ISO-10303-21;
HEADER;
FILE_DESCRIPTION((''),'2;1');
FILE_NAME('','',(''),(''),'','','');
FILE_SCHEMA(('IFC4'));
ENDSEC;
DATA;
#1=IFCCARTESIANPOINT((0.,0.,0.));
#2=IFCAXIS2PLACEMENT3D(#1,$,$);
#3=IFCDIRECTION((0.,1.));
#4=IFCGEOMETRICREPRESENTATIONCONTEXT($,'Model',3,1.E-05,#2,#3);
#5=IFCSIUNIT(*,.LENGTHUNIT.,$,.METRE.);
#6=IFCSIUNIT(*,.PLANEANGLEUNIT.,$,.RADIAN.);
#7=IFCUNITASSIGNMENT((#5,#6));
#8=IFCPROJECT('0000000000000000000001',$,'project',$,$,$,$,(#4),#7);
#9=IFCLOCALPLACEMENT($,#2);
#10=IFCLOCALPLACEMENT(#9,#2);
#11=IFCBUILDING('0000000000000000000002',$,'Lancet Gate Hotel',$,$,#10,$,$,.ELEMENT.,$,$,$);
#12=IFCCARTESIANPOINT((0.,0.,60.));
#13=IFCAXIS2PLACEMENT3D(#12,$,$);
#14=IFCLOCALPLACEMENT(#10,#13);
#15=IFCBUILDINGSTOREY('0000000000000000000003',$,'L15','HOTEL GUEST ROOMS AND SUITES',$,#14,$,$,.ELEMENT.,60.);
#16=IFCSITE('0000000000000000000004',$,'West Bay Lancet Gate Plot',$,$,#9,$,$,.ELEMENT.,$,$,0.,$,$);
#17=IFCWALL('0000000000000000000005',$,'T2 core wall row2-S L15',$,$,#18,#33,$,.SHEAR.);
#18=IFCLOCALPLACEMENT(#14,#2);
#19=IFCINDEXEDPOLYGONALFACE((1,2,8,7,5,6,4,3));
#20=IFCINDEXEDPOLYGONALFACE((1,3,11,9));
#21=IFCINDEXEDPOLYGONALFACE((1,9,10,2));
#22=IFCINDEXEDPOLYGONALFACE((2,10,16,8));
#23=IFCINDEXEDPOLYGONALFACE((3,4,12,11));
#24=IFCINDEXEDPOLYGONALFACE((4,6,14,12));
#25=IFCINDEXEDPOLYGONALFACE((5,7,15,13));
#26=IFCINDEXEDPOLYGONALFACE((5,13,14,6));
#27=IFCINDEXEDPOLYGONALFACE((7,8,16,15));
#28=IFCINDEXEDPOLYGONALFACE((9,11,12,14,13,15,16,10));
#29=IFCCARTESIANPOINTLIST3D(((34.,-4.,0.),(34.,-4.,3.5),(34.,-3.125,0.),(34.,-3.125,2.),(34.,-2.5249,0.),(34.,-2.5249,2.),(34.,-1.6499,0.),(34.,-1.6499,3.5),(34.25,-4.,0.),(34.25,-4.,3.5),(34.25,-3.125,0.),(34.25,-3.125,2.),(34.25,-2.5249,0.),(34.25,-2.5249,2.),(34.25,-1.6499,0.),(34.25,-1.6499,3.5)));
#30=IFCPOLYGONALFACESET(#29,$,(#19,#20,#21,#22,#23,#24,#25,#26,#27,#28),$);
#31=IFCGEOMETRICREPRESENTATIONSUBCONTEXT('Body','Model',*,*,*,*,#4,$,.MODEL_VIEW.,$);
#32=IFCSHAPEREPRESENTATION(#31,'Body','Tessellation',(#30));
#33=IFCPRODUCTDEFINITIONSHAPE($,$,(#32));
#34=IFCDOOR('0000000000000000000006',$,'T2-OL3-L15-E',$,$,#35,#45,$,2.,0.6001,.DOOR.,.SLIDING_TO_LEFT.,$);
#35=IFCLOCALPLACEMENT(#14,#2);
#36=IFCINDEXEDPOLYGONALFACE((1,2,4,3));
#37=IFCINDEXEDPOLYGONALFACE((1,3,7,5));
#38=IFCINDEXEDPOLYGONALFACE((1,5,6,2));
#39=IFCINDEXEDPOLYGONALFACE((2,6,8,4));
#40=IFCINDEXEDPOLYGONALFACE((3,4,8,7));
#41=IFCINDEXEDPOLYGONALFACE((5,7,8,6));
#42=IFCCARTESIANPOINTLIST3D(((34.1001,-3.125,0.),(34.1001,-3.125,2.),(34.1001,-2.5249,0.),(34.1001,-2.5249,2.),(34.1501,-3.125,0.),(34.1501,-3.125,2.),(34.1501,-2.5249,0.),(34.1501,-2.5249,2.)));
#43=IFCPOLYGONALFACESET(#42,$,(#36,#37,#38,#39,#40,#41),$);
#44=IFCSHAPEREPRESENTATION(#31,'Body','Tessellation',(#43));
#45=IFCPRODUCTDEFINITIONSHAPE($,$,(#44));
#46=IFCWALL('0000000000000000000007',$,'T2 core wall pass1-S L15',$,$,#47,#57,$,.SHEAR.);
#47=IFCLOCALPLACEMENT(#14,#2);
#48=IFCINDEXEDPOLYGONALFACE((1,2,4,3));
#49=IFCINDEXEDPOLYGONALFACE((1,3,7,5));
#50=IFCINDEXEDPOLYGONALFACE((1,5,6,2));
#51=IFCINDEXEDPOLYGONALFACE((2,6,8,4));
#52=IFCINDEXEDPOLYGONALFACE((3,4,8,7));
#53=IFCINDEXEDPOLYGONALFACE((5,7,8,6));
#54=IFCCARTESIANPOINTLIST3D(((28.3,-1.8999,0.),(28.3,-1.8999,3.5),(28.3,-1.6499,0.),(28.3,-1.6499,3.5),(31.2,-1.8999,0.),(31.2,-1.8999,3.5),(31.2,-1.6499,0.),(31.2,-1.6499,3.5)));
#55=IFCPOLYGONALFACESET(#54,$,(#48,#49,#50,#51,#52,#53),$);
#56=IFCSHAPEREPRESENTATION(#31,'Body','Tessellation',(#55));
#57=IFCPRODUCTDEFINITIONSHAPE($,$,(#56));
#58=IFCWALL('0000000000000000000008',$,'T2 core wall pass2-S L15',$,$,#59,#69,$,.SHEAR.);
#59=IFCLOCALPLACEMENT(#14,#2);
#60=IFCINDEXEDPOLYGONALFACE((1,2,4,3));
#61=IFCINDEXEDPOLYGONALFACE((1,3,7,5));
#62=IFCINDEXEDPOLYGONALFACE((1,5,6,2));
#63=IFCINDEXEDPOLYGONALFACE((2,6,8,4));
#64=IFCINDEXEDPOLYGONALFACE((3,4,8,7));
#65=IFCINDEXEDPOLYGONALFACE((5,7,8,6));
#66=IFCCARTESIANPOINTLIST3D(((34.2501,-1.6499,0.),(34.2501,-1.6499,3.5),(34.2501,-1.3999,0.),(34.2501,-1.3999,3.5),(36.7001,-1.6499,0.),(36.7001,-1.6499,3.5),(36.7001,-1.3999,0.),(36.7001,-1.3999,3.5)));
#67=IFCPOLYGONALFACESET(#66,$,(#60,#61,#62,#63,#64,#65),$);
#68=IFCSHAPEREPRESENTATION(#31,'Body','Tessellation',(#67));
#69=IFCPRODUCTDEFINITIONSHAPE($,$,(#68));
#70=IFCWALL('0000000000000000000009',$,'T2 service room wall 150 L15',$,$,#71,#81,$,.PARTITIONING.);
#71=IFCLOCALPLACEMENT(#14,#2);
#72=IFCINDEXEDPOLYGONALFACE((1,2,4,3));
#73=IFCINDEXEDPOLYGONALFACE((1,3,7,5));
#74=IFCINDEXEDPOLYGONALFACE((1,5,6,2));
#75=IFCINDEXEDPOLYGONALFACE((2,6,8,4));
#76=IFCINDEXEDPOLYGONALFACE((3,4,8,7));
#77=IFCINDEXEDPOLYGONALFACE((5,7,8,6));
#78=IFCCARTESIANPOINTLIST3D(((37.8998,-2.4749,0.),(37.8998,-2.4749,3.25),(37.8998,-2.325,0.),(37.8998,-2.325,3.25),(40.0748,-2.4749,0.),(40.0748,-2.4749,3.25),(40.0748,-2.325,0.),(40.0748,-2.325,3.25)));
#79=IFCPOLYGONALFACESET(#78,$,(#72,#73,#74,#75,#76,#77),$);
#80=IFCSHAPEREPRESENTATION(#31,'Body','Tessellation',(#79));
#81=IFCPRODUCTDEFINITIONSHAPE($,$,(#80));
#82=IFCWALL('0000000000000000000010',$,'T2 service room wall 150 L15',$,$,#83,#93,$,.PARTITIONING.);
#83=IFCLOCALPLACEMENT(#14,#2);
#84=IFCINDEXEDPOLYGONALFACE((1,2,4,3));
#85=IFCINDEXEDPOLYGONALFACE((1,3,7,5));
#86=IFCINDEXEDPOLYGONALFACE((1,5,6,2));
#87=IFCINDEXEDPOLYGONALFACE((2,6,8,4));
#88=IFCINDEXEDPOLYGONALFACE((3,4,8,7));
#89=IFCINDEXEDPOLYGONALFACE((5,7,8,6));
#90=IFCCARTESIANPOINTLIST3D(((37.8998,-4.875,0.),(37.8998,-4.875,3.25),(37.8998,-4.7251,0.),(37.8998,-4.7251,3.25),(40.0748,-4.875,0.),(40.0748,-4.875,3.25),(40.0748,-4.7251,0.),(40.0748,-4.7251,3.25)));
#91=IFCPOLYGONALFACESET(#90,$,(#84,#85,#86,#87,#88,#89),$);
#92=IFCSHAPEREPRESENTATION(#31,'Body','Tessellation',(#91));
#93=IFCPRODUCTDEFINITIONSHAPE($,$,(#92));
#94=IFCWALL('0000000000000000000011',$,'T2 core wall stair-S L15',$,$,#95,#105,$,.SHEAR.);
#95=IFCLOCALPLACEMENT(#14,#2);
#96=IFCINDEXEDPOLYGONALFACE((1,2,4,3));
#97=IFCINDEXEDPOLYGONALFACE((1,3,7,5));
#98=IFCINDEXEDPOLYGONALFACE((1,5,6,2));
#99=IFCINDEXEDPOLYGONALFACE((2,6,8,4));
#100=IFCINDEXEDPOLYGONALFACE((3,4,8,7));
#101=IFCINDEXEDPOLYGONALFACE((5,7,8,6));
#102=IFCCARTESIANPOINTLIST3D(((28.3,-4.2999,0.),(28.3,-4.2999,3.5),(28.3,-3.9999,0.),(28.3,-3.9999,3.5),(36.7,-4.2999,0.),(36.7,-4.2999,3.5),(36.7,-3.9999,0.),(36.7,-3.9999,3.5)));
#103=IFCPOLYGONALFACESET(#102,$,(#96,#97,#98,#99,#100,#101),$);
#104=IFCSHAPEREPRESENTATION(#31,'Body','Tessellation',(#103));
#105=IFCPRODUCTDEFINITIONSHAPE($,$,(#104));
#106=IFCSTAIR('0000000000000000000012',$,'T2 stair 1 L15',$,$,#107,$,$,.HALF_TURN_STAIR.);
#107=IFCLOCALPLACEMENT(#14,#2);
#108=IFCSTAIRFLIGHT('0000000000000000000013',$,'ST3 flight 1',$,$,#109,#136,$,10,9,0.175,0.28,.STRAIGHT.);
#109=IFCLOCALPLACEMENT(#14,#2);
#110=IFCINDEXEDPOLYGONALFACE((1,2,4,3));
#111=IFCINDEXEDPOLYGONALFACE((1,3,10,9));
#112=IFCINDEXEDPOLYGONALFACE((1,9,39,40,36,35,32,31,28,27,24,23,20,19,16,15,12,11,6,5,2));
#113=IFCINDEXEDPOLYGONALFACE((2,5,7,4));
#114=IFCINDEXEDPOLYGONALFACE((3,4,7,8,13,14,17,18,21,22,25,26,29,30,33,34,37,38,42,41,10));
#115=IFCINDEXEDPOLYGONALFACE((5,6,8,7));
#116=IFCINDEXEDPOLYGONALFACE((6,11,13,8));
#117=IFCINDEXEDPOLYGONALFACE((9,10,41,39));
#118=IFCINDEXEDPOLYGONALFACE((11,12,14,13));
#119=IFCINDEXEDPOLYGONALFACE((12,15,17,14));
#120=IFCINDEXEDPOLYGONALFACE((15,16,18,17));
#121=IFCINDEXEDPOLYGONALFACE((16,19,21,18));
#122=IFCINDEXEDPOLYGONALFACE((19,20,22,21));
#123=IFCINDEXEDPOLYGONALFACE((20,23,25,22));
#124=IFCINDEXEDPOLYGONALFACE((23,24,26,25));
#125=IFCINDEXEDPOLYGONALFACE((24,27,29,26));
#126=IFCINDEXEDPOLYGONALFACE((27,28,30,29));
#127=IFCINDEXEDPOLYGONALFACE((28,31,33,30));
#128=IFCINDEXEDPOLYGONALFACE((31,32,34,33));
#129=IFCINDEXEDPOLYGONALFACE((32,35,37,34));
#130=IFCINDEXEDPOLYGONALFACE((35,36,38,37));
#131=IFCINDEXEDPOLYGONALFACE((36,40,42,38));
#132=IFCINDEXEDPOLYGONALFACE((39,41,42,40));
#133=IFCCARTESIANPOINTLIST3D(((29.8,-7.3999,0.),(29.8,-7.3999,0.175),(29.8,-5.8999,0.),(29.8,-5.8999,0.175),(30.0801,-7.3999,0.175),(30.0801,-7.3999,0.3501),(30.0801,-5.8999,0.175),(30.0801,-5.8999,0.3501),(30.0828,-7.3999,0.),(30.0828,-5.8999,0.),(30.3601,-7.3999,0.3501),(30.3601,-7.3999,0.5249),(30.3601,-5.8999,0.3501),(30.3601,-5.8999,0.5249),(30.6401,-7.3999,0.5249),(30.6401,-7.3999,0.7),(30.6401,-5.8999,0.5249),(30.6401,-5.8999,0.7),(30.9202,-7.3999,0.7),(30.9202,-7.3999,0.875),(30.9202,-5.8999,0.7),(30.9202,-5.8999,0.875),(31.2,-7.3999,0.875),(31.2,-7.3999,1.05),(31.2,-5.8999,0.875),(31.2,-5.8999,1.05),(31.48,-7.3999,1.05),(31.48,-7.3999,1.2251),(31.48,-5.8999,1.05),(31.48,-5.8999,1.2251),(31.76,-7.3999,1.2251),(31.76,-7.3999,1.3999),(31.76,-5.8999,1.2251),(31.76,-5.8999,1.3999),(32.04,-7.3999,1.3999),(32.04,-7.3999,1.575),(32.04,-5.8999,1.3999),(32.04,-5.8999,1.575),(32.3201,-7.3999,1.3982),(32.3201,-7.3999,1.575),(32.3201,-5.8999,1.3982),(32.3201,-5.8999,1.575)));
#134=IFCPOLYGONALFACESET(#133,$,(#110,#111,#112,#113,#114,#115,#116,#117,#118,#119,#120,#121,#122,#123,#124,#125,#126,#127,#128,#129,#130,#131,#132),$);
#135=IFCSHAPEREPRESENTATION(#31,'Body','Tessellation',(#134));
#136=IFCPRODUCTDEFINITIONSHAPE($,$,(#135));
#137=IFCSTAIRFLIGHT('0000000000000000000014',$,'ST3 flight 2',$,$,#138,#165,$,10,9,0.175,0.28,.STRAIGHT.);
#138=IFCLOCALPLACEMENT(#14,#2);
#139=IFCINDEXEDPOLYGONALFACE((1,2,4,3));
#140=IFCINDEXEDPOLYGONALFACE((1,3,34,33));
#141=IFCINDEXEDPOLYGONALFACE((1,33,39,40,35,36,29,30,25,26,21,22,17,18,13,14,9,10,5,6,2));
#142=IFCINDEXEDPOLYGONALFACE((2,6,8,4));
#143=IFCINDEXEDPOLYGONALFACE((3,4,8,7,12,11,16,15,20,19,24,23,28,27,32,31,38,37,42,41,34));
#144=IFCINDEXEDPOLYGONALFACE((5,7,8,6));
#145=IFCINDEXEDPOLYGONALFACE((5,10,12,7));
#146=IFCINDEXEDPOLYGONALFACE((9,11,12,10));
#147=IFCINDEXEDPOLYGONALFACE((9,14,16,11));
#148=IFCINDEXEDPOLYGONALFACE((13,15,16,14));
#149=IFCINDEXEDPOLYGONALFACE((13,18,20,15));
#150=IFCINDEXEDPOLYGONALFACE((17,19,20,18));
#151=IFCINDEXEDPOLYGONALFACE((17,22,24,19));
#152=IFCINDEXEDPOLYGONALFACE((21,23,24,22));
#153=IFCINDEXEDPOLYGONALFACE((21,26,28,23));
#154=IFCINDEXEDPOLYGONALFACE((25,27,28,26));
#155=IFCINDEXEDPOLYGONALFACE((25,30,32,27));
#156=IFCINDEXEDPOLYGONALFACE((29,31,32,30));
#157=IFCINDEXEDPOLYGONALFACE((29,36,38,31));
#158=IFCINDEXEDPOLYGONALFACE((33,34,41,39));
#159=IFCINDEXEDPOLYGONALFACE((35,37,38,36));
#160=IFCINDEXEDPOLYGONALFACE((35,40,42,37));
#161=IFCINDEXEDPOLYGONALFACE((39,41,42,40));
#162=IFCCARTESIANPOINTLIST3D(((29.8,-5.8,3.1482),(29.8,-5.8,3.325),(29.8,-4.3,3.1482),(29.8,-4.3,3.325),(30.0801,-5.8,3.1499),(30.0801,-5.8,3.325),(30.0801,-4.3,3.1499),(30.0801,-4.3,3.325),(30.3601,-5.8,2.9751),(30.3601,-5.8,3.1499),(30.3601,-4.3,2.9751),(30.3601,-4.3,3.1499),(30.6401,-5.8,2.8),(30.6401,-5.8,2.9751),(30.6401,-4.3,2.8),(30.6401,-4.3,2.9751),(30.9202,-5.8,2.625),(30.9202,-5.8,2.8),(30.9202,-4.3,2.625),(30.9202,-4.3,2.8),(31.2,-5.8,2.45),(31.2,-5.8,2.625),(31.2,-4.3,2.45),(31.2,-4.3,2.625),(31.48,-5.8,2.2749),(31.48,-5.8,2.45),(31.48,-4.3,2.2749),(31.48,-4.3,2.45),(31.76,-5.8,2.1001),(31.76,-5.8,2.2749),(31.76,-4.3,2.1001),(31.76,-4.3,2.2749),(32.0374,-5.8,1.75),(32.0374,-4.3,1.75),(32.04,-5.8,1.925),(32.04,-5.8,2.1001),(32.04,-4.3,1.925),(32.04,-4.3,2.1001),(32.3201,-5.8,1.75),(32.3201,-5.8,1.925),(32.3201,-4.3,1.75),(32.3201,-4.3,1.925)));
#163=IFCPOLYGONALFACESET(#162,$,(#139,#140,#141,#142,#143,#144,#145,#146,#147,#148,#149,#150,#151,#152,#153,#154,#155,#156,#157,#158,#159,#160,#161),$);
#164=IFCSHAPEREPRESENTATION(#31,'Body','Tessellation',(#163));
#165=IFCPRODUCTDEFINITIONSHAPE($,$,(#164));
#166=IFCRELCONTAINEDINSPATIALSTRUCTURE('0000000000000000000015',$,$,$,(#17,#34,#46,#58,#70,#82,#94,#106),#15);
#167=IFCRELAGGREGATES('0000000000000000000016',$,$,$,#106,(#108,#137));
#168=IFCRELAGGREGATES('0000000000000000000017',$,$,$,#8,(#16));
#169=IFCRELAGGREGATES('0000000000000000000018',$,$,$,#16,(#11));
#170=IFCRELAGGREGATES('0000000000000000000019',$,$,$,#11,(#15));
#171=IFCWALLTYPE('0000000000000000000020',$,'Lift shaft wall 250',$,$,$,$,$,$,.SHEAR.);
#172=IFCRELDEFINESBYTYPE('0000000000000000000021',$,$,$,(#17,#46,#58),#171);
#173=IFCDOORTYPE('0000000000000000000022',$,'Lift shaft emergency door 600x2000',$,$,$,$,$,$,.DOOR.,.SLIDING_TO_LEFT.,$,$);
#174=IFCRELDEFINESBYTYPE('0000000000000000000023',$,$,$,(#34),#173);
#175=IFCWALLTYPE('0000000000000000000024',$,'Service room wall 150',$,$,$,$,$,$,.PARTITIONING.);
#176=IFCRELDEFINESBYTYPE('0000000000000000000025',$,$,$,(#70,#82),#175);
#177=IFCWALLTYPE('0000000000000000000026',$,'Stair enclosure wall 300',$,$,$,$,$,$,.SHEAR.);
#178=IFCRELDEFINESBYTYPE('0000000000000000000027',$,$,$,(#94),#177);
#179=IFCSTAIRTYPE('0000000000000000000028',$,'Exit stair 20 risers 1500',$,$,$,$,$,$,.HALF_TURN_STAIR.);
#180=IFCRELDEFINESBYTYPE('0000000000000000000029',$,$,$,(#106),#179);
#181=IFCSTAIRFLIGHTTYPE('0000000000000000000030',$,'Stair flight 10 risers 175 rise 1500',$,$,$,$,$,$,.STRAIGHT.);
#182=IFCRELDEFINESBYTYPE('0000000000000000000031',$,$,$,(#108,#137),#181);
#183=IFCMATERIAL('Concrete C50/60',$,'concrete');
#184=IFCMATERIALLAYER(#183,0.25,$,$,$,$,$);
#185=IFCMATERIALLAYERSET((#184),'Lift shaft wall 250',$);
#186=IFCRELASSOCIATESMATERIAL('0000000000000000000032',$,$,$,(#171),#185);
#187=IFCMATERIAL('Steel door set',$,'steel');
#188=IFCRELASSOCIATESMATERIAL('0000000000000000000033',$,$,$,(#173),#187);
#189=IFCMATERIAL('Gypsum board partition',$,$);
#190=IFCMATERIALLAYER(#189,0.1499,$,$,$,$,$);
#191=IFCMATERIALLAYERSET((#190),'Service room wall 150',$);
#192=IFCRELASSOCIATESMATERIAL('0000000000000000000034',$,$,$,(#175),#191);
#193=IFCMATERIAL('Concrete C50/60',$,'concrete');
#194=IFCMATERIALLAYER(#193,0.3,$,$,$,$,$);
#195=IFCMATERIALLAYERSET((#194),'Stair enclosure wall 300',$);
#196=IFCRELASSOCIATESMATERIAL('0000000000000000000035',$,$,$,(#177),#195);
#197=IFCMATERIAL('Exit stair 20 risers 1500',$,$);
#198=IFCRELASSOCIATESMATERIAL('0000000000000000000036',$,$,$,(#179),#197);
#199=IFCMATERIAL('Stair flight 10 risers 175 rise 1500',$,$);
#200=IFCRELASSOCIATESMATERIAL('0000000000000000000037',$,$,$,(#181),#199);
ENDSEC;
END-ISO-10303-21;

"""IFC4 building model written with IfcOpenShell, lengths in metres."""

from ifc_helpers import new_model, si_unit, direction, frame, frame_2d, origin, place, context, subcontext, project, spatial, polyline, rectangle, outline, extrude, material, layer, layer_set, type_object, element, fill, aggregate, save


model = new_model("IFC4")

# Units and contexts
model_context = context("Model", 3, precision=1e-05, world=origin(), true_north=direction((0.0, 1.0)))
body_context = subcontext(model_context, "Body", "Model", "MODEL_VIEW")
ifc_project = project(units=[si_unit("LENGTHUNIT", "METRE"), si_unit("PLANEANGLEUNIT", "RADIAN")], contexts=[model_context])

# Site, building, storey
site_placement = place(None, origin())
site = spatial("IfcSite", under=ifc_project, at=site_placement, Name="West Bay Lancet Gate Plot", CompositionType="ELEMENT", RefElevation=0.0)
building_placement = place(site_placement, origin())
building = spatial("IfcBuilding", under=site, at=building_placement, Name="Lancet Gate Hotel", CompositionType="ELEMENT")
storey_placement = place(building_placement, frame((0.0, 0.0, 60.0)))
storey = spatial("IfcBuildingStorey", under=building, at=storey_placement, Name="L15", Description="HOTEL GUEST ROOMS AND SUITES", CompositionType="ELEMENT", Elevation=60.0)

# Wall, opening, door
ifc_material_1 = material(Name="Concrete C50/60", Category="concrete")
ifc_layer_1 = layer(ifc_material_1, 0.25)
ifc_layer_set_1 = layer_set([ifc_layer_1], Name="Lift shaft wall 250")
wall_type_1 = type_object("IfcWallType", Name="Lift shaft wall 250", PredefinedType="SHEAR", material=ifc_layer_set_1)
wall_1_placement = place(storey_placement, frame((34.125, -4.0, 0.0), z_axis=(0.0, 0.0, 1.0), x_axis=(0.0, 1.0, 0.0)))
wall_1 = element("IfcWall", 1, at=wall_1_placement, inside=storey, type_object=wall_type_1, Name="T2 core wall row2-S L15", PredefinedType="SHEAR", context=body_context, shape_type="SweptSolid", body=[
    extrude(rectangle(XDim=2.3501, YDim=0.25, at=frame_2d((1.175, 0.0))), origin(), (0.0, 0.0, 1.0), 3.5),
])
opening_1_placement = place(wall_1_placement, frame((0.875, 0.0, 0.0)))
opening_1 = element("IfcOpeningElement", 2, at=opening_1_placement, cuts=wall_1, PredefinedType="OPENING", context=body_context, shape_type="SweptSolid", body=[
    extrude(rectangle(XDim=0.6001, YDim=2.0, at=frame_2d((0.3, 1.0))), frame((0.0, 0.135, 0.0), z_axis=(0.0, -1.0, 0.0), x_axis=(1.0, 0.0, 0.0)), (0.0, 0.0, 1.0), 0.27),
])
ifc_material_2 = material(Name="Steel door set", Category="steel")
door_type_1 = type_object("IfcDoorType", Name="Lift shaft emergency door 600x2000", OperationType="SLIDING_TO_LEFT", PredefinedType="DOOR", material=ifc_material_2)
door_1_placement = place(opening_1_placement, origin())
door_1 = element("IfcDoor", 3, at=door_1_placement, inside=storey, type_object=door_type_1, Name="T2-OL3-L15-E", OperationType="SLIDING_TO_LEFT", OverallHeight=2.0, OverallWidth=0.6001, PredefinedType="DOOR", context=body_context, shape_type="SweptSolid", body=[
    extrude(rectangle(XDim=0.6001, YDim=2.0, at=frame_2d((0.3, 1.0))), frame((0.0, 0.0249, 0.0), z_axis=(0.0, -1.0, 0.0), x_axis=(1.0, 0.0, 0.0)), (0.0, 0.0, 1.0), 0.05),
])
fill(opening_1, door_1)

# Walls
wall_2_placement = place(storey_placement, frame((28.3, -1.7749, 0.0), z_axis=(0.0, 0.0, 1.0), x_axis=(1.0, 0.0, 0.0)))
element("IfcWall", 4, at=wall_2_placement, inside=storey, type_object=wall_type_1, Name="T2 core wall pass1-S L15", PredefinedType="SHEAR", context=body_context, shape_type="SweptSolid", body=[
    extrude(rectangle(XDim=2.8999, YDim=0.25, at=frame_2d((1.45, 0.0))), origin(), (0.0, 0.0, 1.0), 3.5),
])
wall_3_placement = place(storey_placement, frame((34.25, -1.5249, 0.0), z_axis=(0.0, 0.0, 1.0), x_axis=(1.0, 0.0, 0.0)))
element("IfcWall", 5, at=wall_3_placement, inside=storey, type_object=wall_type_1, Name="T2 core wall pass2-S L15", PredefinedType="SHEAR", context=body_context, shape_type="SweptSolid", body=[
    extrude(rectangle(XDim=2.45, YDim=0.25, at=frame_2d((1.2251, 0.0))), origin(), (0.0, 0.0, 1.0), 3.5),
])
ifc_material_3 = material(Name="Gypsum board partition")
ifc_layer_2 = layer(ifc_material_3, 0.1499)
ifc_layer_set_2 = layer_set([ifc_layer_2], Name="Service room wall 150")
wall_type_2 = type_object("IfcWallType", Name="Service room wall 150", PredefinedType="PARTITIONING", material=ifc_layer_set_2)
for number, where, z_axis, x_axis, name in (
    (6, (37.8999, -2.3999, 0.0), (0.0, 0.0, 1.0), (1.0, 0.0, 0.0), "T2 service room wall 150 L15"),
    (7, (37.8999, -4.8, 0.0), (0.0, 0.0, 1.0), (1.0, 0.0, 0.0), "T2 service room wall 150 L15"),
):
    element("IfcWall", number, at=place(storey_placement, frame(where, z_axis=z_axis, x_axis=x_axis)), inside=storey, type_object=wall_type_2, Name=name, PredefinedType="PARTITIONING", context=body_context, shape_type="SweptSolid", body=[
        extrude(rectangle(XDim=2.175, YDim=0.1499, at=frame_2d((1.0874, 0.0))), origin(), (0.0, 0.0, 1.0), 3.25),
    ])
ifc_material_4 = material(Name="Concrete C50/60", Category="concrete")
ifc_layer_3 = layer(ifc_material_4, 0.3)
ifc_layer_set_3 = layer_set([ifc_layer_3], Name="Stair enclosure wall 300")
wall_type_3 = type_object("IfcWallType", Name="Stair enclosure wall 300", PredefinedType="SHEAR", material=ifc_layer_set_3)
wall_4_placement = place(storey_placement, frame((28.3, -4.1499, 0.0), z_axis=(0.0, 0.0, 1.0), x_axis=(1.0, 0.0, 0.0)))
element("IfcWall", 8, at=wall_4_placement, inside=storey, type_object=wall_type_3, Name="T2 core wall stair-S L15", PredefinedType="SHEAR", context=body_context, shape_type="SweptSolid", body=[
    extrude(rectangle(XDim=8.3999, YDim=0.3, at=frame_2d((4.2, 0.0))), origin(), (0.0, 0.0, 1.0), 3.5),
])

# Stair, stair flights
ifc_material_5 = material(Name="Exit stair 20 risers 1500")
stair_type = type_object("IfcStairType", Name="Exit stair 20 risers 1500", PredefinedType="HALF_TURN_STAIR", material=ifc_material_5)
stair_placement = place(storey_placement, origin())
stair = element("IfcStair", 9, at=stair_placement, inside=storey, type_object=stair_type, Name="T2 stair 1 L15", PredefinedType="HALF_TURN_STAIR")
ifc_material_6 = material(Name="Stair flight 10 risers 175 rise 1500")
stair_flight_type = type_object("IfcStairFlightType", Name="Stair flight 10 risers 175 rise 1500", PredefinedType="STRAIGHT", material=ifc_material_6)
stair_flight_1_placement = place(storey_placement, frame((29.8, -6.6499, 0.0), z_axis=(0.0, 0.0, 1.0), x_axis=(1.0, 0.0, 0.0)))
stair_flight_1 = element("IfcStairFlight", 10, at=stair_flight_1_placement, type_object=stair_flight_type, Name="ST3 flight 1", NumberOfRisers=10, NumberOfTreads=9, PredefinedType="STRAIGHT", RiserHeight=0.175, TreadLength=0.28, context=body_context, shape_type="SweptSolid", body=[
    extrude(outline(polyline([(0.0, 0.0), (0.0, 0.175), (0.28, 0.175), (0.28, 0.3501), (0.5601, 0.3501), (0.5601, 0.5249), (0.8401, 0.5249), (0.8401, 0.7), (1.1201, 0.7), (1.1201, 0.875), (1.3999, 0.875), (1.3999, 1.05), (1.6799, 1.05), (1.6799, 1.2251), (1.96, 1.2251), (1.96, 1.3999), (2.24, 1.3999), (2.24, 1.575), (2.52, 1.575), (2.52, 1.75), (2.52, 1.3982), (0.2827, 0.0), (0.0, 0.0)])), frame((0.0, 0.75, 0.0), z_axis=(0.0, -1.0, 0.0), x_axis=(1.0, 0.0, 0.0)), (0.0, 0.0, 1.0), 1.5),
])
stair_flight_2_placement = place(storey_placement, frame((32.3201, -5.05, 1.75), z_axis=(0.0, 0.0, 1.0), x_axis=(-1.0, 0.0, 0.0)))
stair_flight_2 = element("IfcStairFlight", 11, at=stair_flight_2_placement, type_object=stair_flight_type, Name="ST3 flight 2", NumberOfRisers=10, NumberOfTreads=9, PredefinedType="STRAIGHT", RiserHeight=0.175, TreadLength=0.28, context=body_context, shape_type="SweptSolid", body=[
    extrude(outline(polyline([(0.0, 0.0), (0.0, 0.175), (0.28, 0.175), (0.28, 0.3501), (0.5601, 0.3501), (0.5601, 0.5249), (0.8401, 0.5249), (0.8401, 0.7), (1.1201, 0.7), (1.1201, 0.875), (1.3999, 0.875), (1.3999, 1.05), (1.6799, 1.05), (1.6799, 1.2251), (1.96, 1.2251), (1.96, 1.3999), (2.24, 1.3999), (2.24, 1.575), (2.52, 1.575), (2.52, 1.75), (2.52, 1.3982), (0.2827, 0.0), (0.0, 0.0)])), frame((0.0, 0.75, 0.0), z_axis=(0.0, -1.0, 0.0), x_axis=(1.0, 0.0, 0.0)), (0.0, 0.0, 1.0), 1.5),
])
aggregate(stair, [stair_flight_1, stair_flight_2])

save(model, "model.ifc")
